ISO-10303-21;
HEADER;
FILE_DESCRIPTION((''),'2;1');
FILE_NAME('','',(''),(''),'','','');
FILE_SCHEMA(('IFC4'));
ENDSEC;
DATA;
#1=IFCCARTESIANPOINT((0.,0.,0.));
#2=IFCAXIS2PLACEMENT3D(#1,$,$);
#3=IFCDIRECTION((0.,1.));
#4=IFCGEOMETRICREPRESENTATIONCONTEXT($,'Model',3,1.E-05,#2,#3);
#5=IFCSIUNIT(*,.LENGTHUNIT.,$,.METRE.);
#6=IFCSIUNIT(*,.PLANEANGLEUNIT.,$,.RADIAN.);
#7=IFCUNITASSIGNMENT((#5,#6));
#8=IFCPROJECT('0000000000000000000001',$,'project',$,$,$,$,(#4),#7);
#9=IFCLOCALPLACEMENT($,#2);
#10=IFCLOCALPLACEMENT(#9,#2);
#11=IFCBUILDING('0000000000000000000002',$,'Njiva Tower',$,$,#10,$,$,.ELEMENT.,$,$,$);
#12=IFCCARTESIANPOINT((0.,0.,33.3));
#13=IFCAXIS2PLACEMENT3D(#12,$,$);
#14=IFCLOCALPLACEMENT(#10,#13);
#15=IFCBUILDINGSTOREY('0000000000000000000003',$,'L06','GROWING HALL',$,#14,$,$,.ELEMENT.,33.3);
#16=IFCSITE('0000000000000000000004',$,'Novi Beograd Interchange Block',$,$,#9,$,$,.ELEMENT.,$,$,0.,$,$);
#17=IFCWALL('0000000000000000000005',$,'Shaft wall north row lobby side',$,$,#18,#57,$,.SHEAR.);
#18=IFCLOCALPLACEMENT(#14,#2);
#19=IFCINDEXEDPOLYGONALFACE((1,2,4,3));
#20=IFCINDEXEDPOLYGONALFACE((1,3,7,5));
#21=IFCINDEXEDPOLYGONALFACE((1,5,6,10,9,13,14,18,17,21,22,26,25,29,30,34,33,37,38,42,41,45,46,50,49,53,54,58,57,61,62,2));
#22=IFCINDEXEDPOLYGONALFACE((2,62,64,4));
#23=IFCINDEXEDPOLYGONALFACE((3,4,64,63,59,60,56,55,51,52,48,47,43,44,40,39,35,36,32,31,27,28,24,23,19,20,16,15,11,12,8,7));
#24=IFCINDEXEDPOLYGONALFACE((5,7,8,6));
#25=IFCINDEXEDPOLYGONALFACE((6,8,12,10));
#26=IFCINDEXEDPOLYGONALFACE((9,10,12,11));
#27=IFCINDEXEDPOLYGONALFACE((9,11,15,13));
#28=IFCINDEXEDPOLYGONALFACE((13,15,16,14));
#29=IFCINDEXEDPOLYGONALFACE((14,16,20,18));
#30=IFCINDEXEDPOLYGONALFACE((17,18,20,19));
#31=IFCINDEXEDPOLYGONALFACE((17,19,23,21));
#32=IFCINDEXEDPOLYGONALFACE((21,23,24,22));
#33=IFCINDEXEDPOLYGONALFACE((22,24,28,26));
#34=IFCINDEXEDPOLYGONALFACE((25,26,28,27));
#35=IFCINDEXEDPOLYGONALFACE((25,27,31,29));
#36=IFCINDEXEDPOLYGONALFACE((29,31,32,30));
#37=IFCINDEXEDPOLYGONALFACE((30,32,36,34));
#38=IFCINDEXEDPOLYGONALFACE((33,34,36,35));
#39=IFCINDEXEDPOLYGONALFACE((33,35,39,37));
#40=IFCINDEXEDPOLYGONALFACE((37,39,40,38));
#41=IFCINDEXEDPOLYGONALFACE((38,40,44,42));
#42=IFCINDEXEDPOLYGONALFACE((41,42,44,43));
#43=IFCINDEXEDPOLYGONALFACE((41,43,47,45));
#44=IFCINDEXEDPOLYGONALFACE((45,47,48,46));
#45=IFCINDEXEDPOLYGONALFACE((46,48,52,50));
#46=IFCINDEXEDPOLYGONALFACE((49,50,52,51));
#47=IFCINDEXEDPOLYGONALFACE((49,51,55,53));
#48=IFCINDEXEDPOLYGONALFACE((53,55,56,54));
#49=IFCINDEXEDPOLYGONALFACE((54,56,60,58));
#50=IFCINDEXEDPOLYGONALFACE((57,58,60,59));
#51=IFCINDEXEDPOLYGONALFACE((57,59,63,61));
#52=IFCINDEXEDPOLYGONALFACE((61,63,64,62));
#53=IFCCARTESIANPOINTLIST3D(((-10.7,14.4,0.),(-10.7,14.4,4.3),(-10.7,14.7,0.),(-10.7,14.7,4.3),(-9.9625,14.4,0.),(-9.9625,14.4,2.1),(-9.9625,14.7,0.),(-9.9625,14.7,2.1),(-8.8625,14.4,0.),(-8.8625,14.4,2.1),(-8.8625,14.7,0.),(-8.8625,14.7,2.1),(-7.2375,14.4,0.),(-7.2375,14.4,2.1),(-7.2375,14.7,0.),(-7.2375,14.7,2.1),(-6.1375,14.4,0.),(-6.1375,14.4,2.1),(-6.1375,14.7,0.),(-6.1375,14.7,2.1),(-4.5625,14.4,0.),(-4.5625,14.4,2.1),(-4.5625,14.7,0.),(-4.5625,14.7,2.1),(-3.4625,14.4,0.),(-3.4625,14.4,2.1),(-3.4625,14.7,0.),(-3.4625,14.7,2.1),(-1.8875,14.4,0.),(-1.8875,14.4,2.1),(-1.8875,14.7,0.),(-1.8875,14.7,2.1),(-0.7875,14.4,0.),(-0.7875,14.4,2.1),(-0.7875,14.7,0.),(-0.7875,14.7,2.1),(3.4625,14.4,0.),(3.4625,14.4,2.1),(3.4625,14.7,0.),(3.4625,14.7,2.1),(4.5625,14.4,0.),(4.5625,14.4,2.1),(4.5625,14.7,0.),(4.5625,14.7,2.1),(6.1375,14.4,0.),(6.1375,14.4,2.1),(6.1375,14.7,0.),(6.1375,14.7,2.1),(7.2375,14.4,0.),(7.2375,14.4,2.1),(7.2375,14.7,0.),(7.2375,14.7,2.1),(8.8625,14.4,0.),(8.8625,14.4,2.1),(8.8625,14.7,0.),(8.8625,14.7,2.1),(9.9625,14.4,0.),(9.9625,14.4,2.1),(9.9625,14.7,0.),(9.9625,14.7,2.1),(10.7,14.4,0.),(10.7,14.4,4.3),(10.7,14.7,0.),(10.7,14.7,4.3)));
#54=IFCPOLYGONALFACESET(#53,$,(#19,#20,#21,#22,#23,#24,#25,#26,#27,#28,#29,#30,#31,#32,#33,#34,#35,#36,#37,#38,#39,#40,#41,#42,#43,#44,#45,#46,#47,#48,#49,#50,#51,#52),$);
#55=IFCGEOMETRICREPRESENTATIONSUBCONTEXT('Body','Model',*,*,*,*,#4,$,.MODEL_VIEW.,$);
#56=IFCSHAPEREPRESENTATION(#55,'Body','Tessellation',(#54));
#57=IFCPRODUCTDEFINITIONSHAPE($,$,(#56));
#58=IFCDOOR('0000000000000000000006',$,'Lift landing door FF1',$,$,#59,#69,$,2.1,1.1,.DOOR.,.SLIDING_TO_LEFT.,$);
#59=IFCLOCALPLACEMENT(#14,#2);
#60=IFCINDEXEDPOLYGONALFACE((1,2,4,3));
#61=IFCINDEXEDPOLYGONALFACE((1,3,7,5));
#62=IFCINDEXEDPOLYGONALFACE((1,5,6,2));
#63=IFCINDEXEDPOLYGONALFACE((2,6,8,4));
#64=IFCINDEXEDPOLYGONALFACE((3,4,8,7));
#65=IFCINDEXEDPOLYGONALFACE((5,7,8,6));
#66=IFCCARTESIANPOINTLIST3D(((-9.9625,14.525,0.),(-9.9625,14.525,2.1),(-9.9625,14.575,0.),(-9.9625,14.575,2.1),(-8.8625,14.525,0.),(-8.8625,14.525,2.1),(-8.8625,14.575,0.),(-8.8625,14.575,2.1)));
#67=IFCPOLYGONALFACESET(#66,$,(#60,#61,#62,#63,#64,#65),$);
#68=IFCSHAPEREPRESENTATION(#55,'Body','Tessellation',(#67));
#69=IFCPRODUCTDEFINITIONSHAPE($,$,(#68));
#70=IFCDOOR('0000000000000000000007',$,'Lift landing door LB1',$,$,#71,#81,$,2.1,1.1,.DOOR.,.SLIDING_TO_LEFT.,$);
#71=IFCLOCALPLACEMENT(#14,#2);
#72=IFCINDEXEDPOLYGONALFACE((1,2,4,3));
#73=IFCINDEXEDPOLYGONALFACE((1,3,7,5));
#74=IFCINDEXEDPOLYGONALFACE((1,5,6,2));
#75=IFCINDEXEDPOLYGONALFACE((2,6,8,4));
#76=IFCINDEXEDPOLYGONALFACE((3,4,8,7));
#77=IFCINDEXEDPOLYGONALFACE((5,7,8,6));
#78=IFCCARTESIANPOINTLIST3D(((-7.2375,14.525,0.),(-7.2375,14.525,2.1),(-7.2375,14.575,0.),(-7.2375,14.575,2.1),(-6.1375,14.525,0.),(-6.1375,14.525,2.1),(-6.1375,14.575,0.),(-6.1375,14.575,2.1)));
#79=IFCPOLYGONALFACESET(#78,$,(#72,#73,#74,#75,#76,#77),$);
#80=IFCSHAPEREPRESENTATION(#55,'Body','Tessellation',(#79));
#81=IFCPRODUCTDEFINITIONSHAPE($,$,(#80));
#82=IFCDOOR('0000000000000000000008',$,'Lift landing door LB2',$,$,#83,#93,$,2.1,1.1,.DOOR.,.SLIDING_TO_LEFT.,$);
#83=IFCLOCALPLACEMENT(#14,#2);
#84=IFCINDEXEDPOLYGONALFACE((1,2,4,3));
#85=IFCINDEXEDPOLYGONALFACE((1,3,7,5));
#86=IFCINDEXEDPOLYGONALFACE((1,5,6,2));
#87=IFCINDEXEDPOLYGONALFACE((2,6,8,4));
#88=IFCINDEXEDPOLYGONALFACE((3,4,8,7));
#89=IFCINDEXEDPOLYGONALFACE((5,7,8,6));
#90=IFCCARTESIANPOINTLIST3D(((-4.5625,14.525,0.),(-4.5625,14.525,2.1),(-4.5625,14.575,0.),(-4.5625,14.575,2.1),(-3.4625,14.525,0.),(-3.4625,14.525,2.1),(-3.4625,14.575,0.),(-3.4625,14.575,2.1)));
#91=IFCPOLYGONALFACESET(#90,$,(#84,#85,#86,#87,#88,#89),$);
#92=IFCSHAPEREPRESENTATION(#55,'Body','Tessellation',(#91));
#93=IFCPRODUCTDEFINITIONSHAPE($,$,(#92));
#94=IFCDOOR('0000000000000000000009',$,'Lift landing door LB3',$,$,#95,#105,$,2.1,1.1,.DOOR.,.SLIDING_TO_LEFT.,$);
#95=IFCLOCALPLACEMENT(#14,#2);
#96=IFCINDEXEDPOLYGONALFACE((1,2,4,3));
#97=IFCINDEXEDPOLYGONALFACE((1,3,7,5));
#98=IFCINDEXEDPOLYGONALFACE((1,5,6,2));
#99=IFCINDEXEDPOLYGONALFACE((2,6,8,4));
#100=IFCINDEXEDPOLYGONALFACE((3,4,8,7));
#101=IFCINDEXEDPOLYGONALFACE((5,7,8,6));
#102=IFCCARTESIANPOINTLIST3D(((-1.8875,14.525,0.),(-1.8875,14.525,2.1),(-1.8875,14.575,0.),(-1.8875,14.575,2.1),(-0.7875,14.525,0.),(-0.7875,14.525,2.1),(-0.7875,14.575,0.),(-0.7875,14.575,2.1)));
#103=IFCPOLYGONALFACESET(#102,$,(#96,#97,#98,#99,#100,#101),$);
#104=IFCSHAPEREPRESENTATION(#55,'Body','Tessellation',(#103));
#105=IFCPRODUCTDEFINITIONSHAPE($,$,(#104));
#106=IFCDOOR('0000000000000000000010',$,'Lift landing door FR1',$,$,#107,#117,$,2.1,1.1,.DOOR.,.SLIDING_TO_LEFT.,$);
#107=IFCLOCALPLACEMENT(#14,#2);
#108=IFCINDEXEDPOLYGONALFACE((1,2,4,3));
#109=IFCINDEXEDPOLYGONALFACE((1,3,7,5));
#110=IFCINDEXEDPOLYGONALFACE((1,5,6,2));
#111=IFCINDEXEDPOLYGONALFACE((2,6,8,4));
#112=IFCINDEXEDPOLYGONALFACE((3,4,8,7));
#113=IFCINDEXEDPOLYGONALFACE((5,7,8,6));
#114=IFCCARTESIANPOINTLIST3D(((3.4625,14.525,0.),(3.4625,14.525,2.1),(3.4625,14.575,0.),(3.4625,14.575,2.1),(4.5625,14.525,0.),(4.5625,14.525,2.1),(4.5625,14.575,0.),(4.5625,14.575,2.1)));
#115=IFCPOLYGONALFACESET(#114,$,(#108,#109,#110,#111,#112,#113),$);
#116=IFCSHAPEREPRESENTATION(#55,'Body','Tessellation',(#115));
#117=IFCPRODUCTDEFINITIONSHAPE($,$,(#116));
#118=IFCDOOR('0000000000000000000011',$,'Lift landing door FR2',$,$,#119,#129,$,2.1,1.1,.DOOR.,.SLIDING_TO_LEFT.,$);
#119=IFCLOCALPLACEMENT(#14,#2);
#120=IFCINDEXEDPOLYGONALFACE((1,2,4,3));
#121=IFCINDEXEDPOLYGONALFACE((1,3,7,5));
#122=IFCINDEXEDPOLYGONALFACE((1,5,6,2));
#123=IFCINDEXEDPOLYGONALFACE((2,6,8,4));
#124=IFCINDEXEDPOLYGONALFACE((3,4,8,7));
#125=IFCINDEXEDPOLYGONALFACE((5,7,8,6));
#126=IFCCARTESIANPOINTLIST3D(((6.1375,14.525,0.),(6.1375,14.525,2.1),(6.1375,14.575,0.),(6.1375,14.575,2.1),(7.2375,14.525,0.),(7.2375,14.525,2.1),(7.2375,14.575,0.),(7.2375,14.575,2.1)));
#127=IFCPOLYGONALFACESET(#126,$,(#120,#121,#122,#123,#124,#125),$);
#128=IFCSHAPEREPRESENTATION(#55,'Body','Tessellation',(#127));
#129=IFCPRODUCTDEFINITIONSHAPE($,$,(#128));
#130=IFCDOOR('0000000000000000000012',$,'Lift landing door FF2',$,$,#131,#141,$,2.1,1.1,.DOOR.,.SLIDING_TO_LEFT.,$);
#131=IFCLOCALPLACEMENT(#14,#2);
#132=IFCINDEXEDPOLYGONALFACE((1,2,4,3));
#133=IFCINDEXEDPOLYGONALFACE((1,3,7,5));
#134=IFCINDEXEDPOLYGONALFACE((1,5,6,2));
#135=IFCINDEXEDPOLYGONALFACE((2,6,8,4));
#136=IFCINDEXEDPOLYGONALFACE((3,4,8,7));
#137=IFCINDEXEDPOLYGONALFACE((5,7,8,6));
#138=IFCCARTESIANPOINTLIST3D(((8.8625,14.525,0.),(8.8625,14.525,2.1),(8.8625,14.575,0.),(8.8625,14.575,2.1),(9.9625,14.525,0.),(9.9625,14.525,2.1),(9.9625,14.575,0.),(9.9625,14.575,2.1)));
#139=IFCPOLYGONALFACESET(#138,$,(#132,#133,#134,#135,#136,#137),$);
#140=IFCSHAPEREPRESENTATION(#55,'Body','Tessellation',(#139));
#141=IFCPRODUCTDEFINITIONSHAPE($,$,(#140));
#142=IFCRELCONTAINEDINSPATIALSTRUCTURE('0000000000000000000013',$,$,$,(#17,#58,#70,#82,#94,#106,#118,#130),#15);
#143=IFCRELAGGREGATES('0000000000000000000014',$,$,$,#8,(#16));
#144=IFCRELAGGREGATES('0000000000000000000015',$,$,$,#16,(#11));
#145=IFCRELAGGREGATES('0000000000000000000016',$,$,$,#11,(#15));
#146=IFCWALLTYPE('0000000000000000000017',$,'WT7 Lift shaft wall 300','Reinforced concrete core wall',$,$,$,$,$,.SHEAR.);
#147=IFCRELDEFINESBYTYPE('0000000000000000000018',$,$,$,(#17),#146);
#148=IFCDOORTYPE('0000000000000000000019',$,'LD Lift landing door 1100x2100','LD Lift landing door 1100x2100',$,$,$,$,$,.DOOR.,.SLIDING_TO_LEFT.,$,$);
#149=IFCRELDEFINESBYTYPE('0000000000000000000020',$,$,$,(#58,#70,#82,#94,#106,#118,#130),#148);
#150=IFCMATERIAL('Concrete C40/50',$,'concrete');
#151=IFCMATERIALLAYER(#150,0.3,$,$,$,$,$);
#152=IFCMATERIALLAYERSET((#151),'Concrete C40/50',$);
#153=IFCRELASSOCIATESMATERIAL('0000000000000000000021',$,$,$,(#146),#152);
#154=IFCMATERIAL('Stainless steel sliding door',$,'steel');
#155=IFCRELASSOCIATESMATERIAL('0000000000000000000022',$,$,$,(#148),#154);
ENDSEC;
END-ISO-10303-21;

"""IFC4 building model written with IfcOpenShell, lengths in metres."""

from ifc_helpers import new_model, si_unit, direction, frame, frame_2d, origin, place, context, subcontext, project, spatial, rectangle, extrude, material, layer, layer_set, type_object, element, fill, save


model = new_model("IFC4")

# Units and contexts
model_context = context("Model", 3, precision=1e-05, world=origin(), true_north=direction((0.0, 1.0)))
body_context = subcontext(model_context, "Body", "Model", "MODEL_VIEW")
ifc_project = project(units=[si_unit("LENGTHUNIT", "METRE"), si_unit("PLANEANGLEUNIT", "RADIAN")], contexts=[model_context])

# Site, building, storey
site_placement = place(None, origin())
site = spatial("IfcSite", under=ifc_project, at=site_placement, Name="Novi Beograd Interchange Block", CompositionType="ELEMENT", RefElevation=0.0)
building_placement = place(site_placement, origin())
building = spatial("IfcBuilding", under=site, at=building_placement, Name="Njiva Tower", CompositionType="ELEMENT")
storey_placement = place(building_placement, frame((0.0, 0.0, 33.3)))
storey = spatial("IfcBuildingStorey", under=building, at=storey_placement, Name="L06", Description="GROWING HALL", CompositionType="ELEMENT", Elevation=33.3)

# Shared definitions
ifc_material_1 = material(Name="Concrete C40/50", Category="concrete")

# Wall, openings, doors
ifc_layer_1 = layer(ifc_material_1, 0.3)
ifc_layer_set_1 = layer_set([ifc_layer_1], Name="Concrete C40/50")
wall_type_1 = type_object("IfcWallType", Name="WT7 Lift shaft wall 300", Description="Reinforced concrete core wall", PredefinedType="SHEAR", material=ifc_layer_set_1)
wall_1_placement = place(storey_placement, frame((-10.7, 14.55, 0.0), z_axis=(0.0, 0.0, 1.0), x_axis=(1.0, 0.0, 0.0)))
wall_1 = element("IfcWall", 1, at=wall_1_placement, inside=storey, type_object=wall_type_1, Name="Shaft wall north row lobby side", PredefinedType="SHEAR", context=body_context, shape_type="SweptSolid", body=[
    extrude(rectangle(XDim=21.4, YDim=0.3, at=frame_2d((10.7, 0.0))), origin(), (0.0, 0.0, 1.0), 4.3),
])
opening_1_placement = place(wall_1_placement, frame((0.7375, 0.0, 0.0)))
opening_1 = element("IfcOpeningElement", 2, at=opening_1_placement, cuts=wall_1, PredefinedType="OPENING", context=body_context, shape_type="SweptSolid", body=[
    extrude(rectangle(XDim=1.1, YDim=2.1, at=frame_2d((0.55, 1.05))), frame((0.0, 0.16, 0.0), z_axis=(0.0, -1.0, 0.0), x_axis=(1.0, 0.0, 0.0)), (0.0, 0.0, 1.0), 0.32),
])
opening_2_placement = place(wall_1_placement, frame((3.4625, 0.0, 0.0)))
opening_2 = element("IfcOpeningElement", 3, at=opening_2_placement, cuts=wall_1, PredefinedType="OPENING", context=body_context, shape_type="SweptSolid", body=[
    extrude(rectangle(XDim=1.1, YDim=2.1, at=frame_2d((0.55, 1.05))), frame((0.0, 0.16, 0.0), z_axis=(0.0, -1.0, 0.0), x_axis=(1.0, 0.0, 0.0)), (0.0, 0.0, 1.0), 0.32),
])
opening_3_placement = place(wall_1_placement, frame((6.1375, 0.0, 0.0)))
opening_3 = element("IfcOpeningElement", 4, at=opening_3_placement, cuts=wall_1, PredefinedType="OPENING", context=body_context, shape_type="SweptSolid", body=[
    extrude(rectangle(XDim=1.1, YDim=2.1, at=frame_2d((0.55, 1.05))), frame((0.0, 0.16, 0.0), z_axis=(0.0, -1.0, 0.0), x_axis=(1.0, 0.0, 0.0)), (0.0, 0.0, 1.0), 0.32),
])
opening_4_placement = place(wall_1_placement, frame((8.8125, 0.0, 0.0)))
opening_4 = element("IfcOpeningElement", 5, at=opening_4_placement, cuts=wall_1, PredefinedType="OPENING", context=body_context, shape_type="SweptSolid", body=[
    extrude(rectangle(XDim=1.1, YDim=2.1, at=frame_2d((0.55, 1.05))), frame((0.0, 0.16, 0.0), z_axis=(0.0, -1.0, 0.0), x_axis=(1.0, 0.0, 0.0)), (0.0, 0.0, 1.0), 0.32),
])
opening_5_placement = place(wall_1_placement, frame((14.1625, 0.0, 0.0)))
opening_5 = element("IfcOpeningElement", 6, at=opening_5_placement, cuts=wall_1, PredefinedType="OPENING", context=body_context, shape_type="SweptSolid", body=[
    extrude(rectangle(XDim=1.1, YDim=2.1, at=frame_2d((0.55, 1.05))), frame((0.0, 0.16, 0.0), z_axis=(0.0, -1.0, 0.0), x_axis=(1.0, 0.0, 0.0)), (0.0, 0.0, 1.0), 0.32),
])
opening_6_placement = place(wall_1_placement, frame((16.8375, 0.0, 0.0)))
opening_6 = element("IfcOpeningElement", 7, at=opening_6_placement, cuts=wall_1, PredefinedType="OPENING", context=body_context, shape_type="SweptSolid", body=[
    extrude(rectangle(XDim=1.1, YDim=2.1, at=frame_2d((0.55, 1.05))), frame((0.0, 0.16, 0.0), z_axis=(0.0, -1.0, 0.0), x_axis=(1.0, 0.0, 0.0)), (0.0, 0.0, 1.0), 0.32),
])
opening_7_placement = place(wall_1_placement, frame((19.5625, 0.0, 0.0)))
opening_7 = element("IfcOpeningElement", 8, at=opening_7_placement, cuts=wall_1, PredefinedType="OPENING", context=body_context, shape_type="SweptSolid", body=[
    extrude(rectangle(XDim=1.1, YDim=2.1, at=frame_2d((0.55, 1.05))), frame((0.0, 0.16, 0.0), z_axis=(0.0, -1.0, 0.0), x_axis=(1.0, 0.0, 0.0)), (0.0, 0.0, 1.0), 0.32),
])
ifc_material_2 = material(Name="Stainless steel sliding door", Category="steel")
door_type_1 = type_object("IfcDoorType", Name="LD Lift landing door 1100x2100", Description="LD Lift landing door 1100x2100", OperationType="SLIDING_TO_LEFT", PredefinedType="DOOR", material=ifc_material_2)
door_1_placement = place(opening_1_placement, origin())
door_1 = element("IfcDoor", 9, at=door_1_placement, inside=storey, type_object=door_type_1, Name="Lift landing door FF1", OperationType="SLIDING_TO_LEFT", OverallHeight=2.1, OverallWidth=1.1, PredefinedType="DOOR", context=body_context, shape_type="SweptSolid", body=[
    extrude(rectangle(XDim=1.1, YDim=2.1, at=frame_2d((0.55, 1.05))), frame((0.0, 0.025, 0.0), z_axis=(0.0, -1.0, 0.0), x_axis=(1.0, 0.0, 0.0)), (0.0, 0.0, 1.0), 0.05),
])
fill(opening_1, door_1)
door_2_placement = place(opening_2_placement, origin())
door_2 = element("IfcDoor", 10, at=door_2_placement, inside=storey, type_object=door_type_1, Name="Lift landing door LB1", OperationType="SLIDING_TO_LEFT", OverallHeight=2.1, OverallWidth=1.1, PredefinedType="DOOR", context=body_context, shape_type="SweptSolid", body=[
    extrude(rectangle(XDim=1.1, YDim=2.1, at=frame_2d((0.55, 1.05))), frame((0.0, 0.025, 0.0), z_axis=(0.0, -1.0, 0.0), x_axis=(1.0, 0.0, 0.0)), (0.0, 0.0, 1.0), 0.05),
])
fill(opening_2, door_2)
door_3_placement = place(opening_3_placement, origin())
door_3 = element("IfcDoor", 11, at=door_3_placement, inside=storey, type_object=door_type_1, Name="Lift landing door LB2", OperationType="SLIDING_TO_LEFT", OverallHeight=2.1, OverallWidth=1.1, PredefinedType="DOOR", context=body_context, shape_type="SweptSolid", body=[
    extrude(rectangle(XDim=1.1, YDim=2.1, at=frame_2d((0.55, 1.05))), frame((0.0, 0.025, 0.0), z_axis=(0.0, -1.0, 0.0), x_axis=(1.0, 0.0, 0.0)), (0.0, 0.0, 1.0), 0.05),
])
fill(opening_3, door_3)
door_4_placement = place(opening_4_placement, origin())
door_4 = element("IfcDoor", 12, at=door_4_placement, inside=storey, type_object=door_type_1, Name="Lift landing door LB3", OperationType="SLIDING_TO_LEFT", OverallHeight=2.1, OverallWidth=1.1, PredefinedType="DOOR", context=body_context, shape_type="SweptSolid", body=[
    extrude(rectangle(XDim=1.1, YDim=2.1, at=frame_2d((0.55, 1.05))), frame((0.0, 0.025, 0.0), z_axis=(0.0, -1.0, 0.0), x_axis=(1.0, 0.0, 0.0)), (0.0, 0.0, 1.0), 0.05),
])
fill(opening_4, door_4)
door_5_placement = place(opening_5_placement, origin())
door_5 = element("IfcDoor", 13, at=door_5_placement, inside=storey, type_object=door_type_1, Name="Lift landing door FR1", OperationType="SLIDING_TO_LEFT", OverallHeight=2.1, OverallWidth=1.1, PredefinedType="DOOR", context=body_context, shape_type="SweptSolid", body=[
    extrude(rectangle(XDim=1.1, YDim=2.1, at=frame_2d((0.55, 1.05))), frame((0.0, 0.025, 0.0), z_axis=(0.0, -1.0, 0.0), x_axis=(1.0, 0.0, 0.0)), (0.0, 0.0, 1.0), 0.05),
])
fill(opening_5, door_5)
door_6_placement = place(opening_6_placement, origin())
door_6 = element("IfcDoor", 14, at=door_6_placement, inside=storey, type_object=door_type_1, Name="Lift landing door FR2", OperationType="SLIDING_TO_LEFT", OverallHeight=2.1, OverallWidth=1.1, PredefinedType="DOOR", context=body_context, shape_type="SweptSolid", body=[
    extrude(rectangle(XDim=1.1, YDim=2.1, at=frame_2d((0.55, 1.05))), frame((0.0, 0.025, 0.0), z_axis=(0.0, -1.0, 0.0), x_axis=(1.0, 0.0, 0.0)), (0.0, 0.0, 1.0), 0.05),
])
fill(opening_6, door_6)
door_7_placement = place(opening_7_placement, origin())
door_7 = element("IfcDoor", 15, at=door_7_placement, inside=storey, type_object=door_type_1, Name="Lift landing door FF2", OperationType="SLIDING_TO_LEFT", OverallHeight=2.1, OverallWidth=1.1, PredefinedType="DOOR", context=body_context, shape_type="SweptSolid", body=[
    extrude(rectangle(XDim=1.1, YDim=2.1, at=frame_2d((0.55, 1.05))), frame((0.0, 0.025, 0.0), z_axis=(0.0, -1.0, 0.0), x_axis=(1.0, 0.0, 0.0)), (0.0, 0.0, 1.0), 0.05),
])
fill(opening_7, door_7)

save(model, "model.ifc")
